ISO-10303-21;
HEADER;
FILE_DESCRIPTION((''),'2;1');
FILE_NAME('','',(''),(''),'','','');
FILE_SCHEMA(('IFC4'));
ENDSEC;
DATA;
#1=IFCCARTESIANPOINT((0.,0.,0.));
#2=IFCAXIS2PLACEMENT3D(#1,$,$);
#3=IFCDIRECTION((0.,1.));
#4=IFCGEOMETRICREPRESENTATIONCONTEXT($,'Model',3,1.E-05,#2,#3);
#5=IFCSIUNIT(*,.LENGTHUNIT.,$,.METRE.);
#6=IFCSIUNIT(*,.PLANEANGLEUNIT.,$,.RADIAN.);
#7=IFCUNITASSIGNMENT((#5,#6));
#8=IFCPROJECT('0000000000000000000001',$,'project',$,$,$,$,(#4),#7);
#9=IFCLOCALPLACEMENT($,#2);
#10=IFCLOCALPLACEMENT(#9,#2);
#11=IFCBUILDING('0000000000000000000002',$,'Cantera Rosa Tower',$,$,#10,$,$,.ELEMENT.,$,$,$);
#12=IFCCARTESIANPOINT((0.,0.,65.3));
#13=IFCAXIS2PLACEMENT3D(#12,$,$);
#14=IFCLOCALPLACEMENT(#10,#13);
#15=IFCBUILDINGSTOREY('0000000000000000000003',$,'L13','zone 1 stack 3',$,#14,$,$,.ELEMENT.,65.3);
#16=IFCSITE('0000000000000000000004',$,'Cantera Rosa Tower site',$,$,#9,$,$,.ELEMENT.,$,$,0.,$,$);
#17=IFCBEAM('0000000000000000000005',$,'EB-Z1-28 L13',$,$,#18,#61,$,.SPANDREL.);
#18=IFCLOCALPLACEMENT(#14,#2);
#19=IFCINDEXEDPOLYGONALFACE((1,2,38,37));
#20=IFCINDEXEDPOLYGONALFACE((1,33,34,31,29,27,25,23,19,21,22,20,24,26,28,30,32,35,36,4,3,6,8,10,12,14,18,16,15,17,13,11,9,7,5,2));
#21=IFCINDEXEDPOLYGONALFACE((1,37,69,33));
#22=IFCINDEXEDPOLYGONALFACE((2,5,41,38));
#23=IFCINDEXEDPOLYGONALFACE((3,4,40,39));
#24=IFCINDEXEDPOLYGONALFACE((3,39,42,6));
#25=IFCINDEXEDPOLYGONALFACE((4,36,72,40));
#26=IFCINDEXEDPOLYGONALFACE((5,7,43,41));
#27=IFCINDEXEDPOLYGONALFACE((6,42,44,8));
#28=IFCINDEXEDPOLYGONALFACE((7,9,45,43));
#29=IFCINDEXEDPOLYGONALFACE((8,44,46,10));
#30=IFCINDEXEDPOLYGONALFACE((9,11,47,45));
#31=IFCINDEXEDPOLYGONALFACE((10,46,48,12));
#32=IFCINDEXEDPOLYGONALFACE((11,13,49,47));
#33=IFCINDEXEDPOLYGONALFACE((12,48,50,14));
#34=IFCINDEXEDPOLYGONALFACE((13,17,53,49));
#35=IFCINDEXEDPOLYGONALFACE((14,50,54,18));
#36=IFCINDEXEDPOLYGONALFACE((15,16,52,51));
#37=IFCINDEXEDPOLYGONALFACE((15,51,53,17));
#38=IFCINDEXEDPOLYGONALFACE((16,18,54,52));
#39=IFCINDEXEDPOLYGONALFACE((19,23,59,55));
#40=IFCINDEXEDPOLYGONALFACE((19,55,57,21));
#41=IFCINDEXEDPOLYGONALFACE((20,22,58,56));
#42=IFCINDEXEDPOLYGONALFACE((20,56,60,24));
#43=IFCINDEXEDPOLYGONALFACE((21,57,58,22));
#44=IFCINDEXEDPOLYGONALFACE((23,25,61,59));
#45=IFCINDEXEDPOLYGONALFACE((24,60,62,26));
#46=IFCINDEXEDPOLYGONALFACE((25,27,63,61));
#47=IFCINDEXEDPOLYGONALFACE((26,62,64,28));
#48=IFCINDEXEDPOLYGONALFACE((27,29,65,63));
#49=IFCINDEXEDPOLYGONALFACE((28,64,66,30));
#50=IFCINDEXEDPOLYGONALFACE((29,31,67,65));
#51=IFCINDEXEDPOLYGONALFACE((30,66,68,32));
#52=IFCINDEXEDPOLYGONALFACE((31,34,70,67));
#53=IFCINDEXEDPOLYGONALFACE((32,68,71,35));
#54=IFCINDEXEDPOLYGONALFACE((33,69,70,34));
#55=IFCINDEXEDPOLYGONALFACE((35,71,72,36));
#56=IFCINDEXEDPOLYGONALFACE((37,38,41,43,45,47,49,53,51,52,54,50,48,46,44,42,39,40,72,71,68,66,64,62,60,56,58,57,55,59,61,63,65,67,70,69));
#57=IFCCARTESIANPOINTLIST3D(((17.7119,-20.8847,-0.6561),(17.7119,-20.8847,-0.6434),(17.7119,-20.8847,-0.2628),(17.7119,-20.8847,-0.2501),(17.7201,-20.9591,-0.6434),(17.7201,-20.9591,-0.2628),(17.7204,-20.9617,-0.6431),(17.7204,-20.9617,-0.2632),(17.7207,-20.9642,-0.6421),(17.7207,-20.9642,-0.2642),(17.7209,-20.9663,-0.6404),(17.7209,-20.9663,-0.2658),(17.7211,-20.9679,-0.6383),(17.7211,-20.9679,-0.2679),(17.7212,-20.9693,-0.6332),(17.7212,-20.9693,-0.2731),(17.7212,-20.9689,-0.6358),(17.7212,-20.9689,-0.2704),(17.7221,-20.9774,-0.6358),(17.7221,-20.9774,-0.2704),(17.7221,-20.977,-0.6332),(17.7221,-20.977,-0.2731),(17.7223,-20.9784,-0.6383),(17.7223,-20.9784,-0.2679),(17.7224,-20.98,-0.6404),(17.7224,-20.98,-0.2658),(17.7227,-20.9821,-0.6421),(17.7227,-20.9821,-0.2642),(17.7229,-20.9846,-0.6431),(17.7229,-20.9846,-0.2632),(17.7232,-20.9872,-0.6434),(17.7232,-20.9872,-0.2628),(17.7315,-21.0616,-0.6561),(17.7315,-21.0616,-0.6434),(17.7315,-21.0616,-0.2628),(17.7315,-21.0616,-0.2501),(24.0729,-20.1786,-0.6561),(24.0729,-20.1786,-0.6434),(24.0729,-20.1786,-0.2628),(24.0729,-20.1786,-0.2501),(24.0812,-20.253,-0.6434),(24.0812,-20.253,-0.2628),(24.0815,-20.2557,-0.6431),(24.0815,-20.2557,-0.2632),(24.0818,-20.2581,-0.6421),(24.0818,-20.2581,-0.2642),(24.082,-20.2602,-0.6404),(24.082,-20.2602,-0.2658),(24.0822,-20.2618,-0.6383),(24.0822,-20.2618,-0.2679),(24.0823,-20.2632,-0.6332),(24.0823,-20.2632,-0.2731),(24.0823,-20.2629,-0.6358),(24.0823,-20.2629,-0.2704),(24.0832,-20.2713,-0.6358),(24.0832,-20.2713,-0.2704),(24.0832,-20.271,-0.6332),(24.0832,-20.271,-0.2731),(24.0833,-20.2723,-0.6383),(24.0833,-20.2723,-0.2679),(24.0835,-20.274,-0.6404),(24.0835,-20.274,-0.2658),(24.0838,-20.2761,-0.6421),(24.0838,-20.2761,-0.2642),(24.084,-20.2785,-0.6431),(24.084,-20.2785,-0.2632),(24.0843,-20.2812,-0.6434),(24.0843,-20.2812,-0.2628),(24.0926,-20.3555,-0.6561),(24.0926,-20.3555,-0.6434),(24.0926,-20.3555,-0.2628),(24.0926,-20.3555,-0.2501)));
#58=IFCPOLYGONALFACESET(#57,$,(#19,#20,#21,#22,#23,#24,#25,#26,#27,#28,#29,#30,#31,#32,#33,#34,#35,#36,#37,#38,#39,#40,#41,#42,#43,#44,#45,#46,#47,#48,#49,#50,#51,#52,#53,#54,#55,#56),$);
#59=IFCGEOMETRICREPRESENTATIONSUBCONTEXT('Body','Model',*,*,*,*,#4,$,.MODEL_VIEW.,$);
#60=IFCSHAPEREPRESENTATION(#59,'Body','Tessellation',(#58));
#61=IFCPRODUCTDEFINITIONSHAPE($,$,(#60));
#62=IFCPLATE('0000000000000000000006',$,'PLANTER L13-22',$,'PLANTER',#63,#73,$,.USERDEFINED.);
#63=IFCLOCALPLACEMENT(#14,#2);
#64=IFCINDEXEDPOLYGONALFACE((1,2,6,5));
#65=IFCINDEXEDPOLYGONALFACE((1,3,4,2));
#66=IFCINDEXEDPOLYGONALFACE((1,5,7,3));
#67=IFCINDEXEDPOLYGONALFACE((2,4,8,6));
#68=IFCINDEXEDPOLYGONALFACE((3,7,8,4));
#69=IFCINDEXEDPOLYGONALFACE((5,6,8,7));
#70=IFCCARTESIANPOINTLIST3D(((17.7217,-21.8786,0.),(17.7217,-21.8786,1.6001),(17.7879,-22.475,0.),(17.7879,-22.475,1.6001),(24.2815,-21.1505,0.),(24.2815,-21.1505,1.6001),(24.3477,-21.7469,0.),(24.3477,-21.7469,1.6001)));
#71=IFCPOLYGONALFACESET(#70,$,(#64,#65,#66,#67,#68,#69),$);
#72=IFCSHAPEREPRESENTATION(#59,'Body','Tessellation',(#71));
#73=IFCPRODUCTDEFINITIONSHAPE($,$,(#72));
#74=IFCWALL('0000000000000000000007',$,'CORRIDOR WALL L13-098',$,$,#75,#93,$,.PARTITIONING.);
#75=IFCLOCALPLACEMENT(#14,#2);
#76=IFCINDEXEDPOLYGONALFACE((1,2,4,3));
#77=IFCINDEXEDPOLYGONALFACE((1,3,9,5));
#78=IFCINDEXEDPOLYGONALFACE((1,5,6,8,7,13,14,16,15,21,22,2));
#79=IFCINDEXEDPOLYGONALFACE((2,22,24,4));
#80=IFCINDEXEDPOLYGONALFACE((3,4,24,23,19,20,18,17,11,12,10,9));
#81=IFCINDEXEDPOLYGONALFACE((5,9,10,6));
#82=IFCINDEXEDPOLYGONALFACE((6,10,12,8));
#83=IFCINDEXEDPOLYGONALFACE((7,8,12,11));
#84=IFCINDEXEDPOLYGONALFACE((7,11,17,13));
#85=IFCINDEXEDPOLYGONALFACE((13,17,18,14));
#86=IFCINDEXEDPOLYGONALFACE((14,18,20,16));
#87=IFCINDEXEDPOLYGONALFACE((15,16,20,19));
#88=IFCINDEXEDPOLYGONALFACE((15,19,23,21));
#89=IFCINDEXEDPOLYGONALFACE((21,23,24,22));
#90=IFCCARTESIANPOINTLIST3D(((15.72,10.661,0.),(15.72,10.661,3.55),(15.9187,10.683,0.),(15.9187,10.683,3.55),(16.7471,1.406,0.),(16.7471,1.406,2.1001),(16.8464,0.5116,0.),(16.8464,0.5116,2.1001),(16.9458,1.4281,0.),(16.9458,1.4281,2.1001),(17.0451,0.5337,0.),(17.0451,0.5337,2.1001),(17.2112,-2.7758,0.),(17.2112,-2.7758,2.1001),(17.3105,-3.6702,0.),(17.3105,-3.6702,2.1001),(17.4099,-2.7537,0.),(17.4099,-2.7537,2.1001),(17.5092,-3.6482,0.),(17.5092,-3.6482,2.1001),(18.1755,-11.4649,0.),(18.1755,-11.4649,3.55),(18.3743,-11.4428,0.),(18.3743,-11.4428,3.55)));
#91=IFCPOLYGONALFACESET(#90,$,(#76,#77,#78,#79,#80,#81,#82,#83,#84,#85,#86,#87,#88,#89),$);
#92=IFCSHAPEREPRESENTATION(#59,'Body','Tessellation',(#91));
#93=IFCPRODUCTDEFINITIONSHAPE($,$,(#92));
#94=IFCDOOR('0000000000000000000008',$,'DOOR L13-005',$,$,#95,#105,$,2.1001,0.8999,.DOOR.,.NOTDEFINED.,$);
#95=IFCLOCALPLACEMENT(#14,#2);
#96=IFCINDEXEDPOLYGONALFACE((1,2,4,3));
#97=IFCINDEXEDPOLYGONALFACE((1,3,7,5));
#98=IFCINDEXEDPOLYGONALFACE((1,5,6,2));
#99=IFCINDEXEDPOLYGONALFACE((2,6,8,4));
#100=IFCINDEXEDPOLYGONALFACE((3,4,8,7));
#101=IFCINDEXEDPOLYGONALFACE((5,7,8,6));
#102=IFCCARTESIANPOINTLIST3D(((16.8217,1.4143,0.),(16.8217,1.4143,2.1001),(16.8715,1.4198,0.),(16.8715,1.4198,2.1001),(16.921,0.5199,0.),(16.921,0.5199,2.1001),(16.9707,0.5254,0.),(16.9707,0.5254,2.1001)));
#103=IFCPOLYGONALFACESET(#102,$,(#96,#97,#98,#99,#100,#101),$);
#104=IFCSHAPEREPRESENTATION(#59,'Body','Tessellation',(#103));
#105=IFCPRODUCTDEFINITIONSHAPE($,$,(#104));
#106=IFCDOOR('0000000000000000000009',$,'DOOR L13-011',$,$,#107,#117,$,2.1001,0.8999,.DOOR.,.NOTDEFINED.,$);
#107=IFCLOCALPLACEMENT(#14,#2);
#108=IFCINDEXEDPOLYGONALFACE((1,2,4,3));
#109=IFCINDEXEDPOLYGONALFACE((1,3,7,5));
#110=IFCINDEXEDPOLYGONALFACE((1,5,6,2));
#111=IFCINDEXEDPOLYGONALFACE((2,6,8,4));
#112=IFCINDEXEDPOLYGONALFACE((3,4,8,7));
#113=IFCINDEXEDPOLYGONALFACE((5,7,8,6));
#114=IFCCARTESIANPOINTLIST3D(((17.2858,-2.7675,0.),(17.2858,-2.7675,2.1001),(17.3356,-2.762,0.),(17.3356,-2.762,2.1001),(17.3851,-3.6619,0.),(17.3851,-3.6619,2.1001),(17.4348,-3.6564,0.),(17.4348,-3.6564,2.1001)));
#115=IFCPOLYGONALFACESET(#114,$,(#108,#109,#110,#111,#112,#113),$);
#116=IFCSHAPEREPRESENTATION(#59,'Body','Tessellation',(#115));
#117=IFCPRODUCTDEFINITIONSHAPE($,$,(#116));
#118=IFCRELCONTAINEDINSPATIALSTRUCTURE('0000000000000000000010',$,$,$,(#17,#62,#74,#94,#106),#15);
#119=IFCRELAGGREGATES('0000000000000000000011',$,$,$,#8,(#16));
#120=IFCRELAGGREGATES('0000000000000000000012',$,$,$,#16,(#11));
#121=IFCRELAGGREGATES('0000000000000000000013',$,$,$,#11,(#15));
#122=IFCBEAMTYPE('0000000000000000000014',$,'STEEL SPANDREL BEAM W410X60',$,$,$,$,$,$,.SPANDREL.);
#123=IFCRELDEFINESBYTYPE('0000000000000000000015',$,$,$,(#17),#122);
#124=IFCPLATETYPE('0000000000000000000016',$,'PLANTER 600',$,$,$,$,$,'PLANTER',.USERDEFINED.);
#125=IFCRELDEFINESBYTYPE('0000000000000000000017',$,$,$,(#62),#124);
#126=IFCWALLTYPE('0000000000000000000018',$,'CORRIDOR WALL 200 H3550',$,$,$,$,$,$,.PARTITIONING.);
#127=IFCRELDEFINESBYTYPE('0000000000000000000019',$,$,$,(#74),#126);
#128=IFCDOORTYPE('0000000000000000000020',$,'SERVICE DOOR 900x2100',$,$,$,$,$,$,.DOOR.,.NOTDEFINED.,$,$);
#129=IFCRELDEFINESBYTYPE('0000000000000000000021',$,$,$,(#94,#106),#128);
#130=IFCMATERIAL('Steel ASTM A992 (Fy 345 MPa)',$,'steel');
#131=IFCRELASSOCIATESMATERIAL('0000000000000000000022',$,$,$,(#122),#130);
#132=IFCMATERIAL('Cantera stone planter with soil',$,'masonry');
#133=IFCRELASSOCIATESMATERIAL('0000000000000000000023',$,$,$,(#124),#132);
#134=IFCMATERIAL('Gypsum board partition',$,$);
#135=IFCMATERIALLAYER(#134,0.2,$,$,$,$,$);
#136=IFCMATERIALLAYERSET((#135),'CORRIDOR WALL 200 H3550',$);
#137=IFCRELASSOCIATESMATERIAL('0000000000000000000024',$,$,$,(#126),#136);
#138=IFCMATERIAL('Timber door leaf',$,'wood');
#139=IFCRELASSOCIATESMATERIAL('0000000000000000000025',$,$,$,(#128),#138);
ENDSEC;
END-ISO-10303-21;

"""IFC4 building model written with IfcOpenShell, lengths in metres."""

from ifc_helpers import new_model, si_unit, direction, frame, frame_2d, origin, origin_2d, place, context, subcontext, project, spatial, rectangle, i_section, extrude, material, layer, layer_set, material_profile, profile_set, type_object, element, fill, save


model = new_model("IFC4")

# Units and contexts
model_context = context("Model", 3, precision=1e-05, world=origin(), true_north=direction((0.0, 1.0)))
body_context = subcontext(model_context, "Body", "Model", "MODEL_VIEW")
ifc_project = project(units=[si_unit("LENGTHUNIT", "METRE"), si_unit("PLANEANGLEUNIT", "RADIAN")], contexts=[model_context])

# Site, building, storey
site_placement = place(None, origin())
site = spatial("IfcSite", under=ifc_project, at=site_placement, Name="Cantera Rosa Tower site", CompositionType="ELEMENT", RefElevation=0.0)
building_placement = place(site_placement, origin())
building = spatial("IfcBuilding", under=site, at=building_placement, Name="Cantera Rosa Tower", CompositionType="ELEMENT")
storey_placement = place(building_placement, frame((0.0, 0.0, 65.3)))
storey = spatial("IfcBuildingStorey", under=building, at=storey_placement, Name="L13", Description="zone 1 stack 3", CompositionType="ELEMENT", Elevation=65.3)

# Beam
ifc_material_1 = material(Name="Steel ASTM A992 (Fy 345 MPa)", Category="steel")
ifc_material_profile_1 = material_profile(ifc_material_1, i_section(OverallWidth=0.178, OverallDepth=0.406, WebThickness=0.0078, FlangeThickness=0.0127, FilletRadius=0.0103, at=origin_2d()), Name="W410X60")
ifc_profile_set_1 = profile_set([ifc_material_profile_1], Name="Steel ASTM A992 (Fy 345 MPa)")
beam_type_1 = type_object("IfcBeamType", Name="STEEL SPANDREL BEAM W410X60", PredefinedType="SPANDREL", material=ifc_profile_set_1)
beam_1_placement = place(storey_placement, frame((17.7217, -20.9731, -0.4531), z_axis=(0.993896, 0.110318, 0.0), x_axis=(-0.110318, 0.993896, 0.0)))
element("IfcBeam", 1, at=beam_1_placement, inside=storey, type_object=beam_type_1, Name="EB-Z1-28 L13", PredefinedType="SPANDREL", context=body_context, shape_type="SweptSolid", body=[
    extrude(i_section(OverallWidth=0.178, OverallDepth=0.406, WebThickness=0.0078, FlangeThickness=0.0127, FilletRadius=0.0103, at=origin_2d()), origin(), (0.0, 0.0, 1.0), 6.4001),
])

# Plate
ifc_material_2 = material(Name="Cantera stone planter with soil", Category="masonry")
plate_type = type_object("IfcPlateType", Name="PLANTER 600", ElementType="PLANTER", PredefinedType="USERDEFINED", material=ifc_material_2)
plate_placement = place(storey_placement, frame((21.0347, -21.8127, 0.0), z_axis=(0.0, 0.0, 1.0), x_axis=(0.993897, 0.110313, 0.0)))
element("IfcPlate", 2, at=plate_placement, inside=storey, type_object=plate_type, Name="PLANTER L13-22", ObjectType="PLANTER", PredefinedType="USERDEFINED", context=body_context, shape_type="SweptSolid", body=[
    extrude(rectangle(XDim=6.6001, YDim=0.6001, at=origin_2d()), origin(), (0.0, 0.0, 1.0), 1.6001),
])

# Wall, openings, doors
ifc_material_3 = material(Name="Gypsum board partition")
ifc_layer_1 = layer(ifc_material_3, 0.2)
ifc_layer_set_1 = layer_set([ifc_layer_1], Name="CORRIDOR WALL 200 H3550")
wall_type_1 = type_object("IfcWallType", Name="CORRIDOR WALL 200 H3550", PredefinedType="PARTITIONING", material=ifc_layer_set_1)
wall_1_placement = place(storey_placement, frame((18.2749, -11.4539, 0.0), z_axis=(0.0, 0.0, 1.0), x_axis=(-0.110304, 0.993898, 0.0)))
wall_1 = element("IfcWall", 3, at=wall_1_placement, inside=storey, type_object=wall_type_1, Name="CORRIDOR WALL L13-098", PredefinedType="PARTITIONING", context=body_context, shape_type="SweptSolid", body=[
    extrude(rectangle(XDim=22.2617, YDim=0.2, at=frame_2d((11.1309, 0.0))), origin(), (0.0, 0.0, 1.0), 3.55),
])
opening_1_placement = place(wall_1_placement, frame((12.05, 0.0, 0.0)))
opening_1 = element("IfcOpeningElement", 4, at=opening_1_placement, cuts=wall_1, PredefinedType="OPENING", context=body_context, shape_type="SweptSolid", body=[
    extrude(rectangle(XDim=0.8999, YDim=2.1001, at=frame_2d((0.45, 1.05))), frame((0.0, 0.1099, 0.0), z_axis=(0.0, -1.0, 0.0), x_axis=(1.0, 0.0, 0.0)), (0.0, 0.0, 1.0), 0.22),
])
opening_2_placement = place(wall_1_placement, frame((7.8425, 0.0, 0.0)))
opening_2 = element("IfcOpeningElement", 5, at=opening_2_placement, cuts=wall_1, PredefinedType="OPENING", context=body_context, shape_type="SweptSolid", body=[
    extrude(rectangle(XDim=0.8999, YDim=2.1001, at=frame_2d((0.45, 1.05))), frame((0.0, 0.1099, 0.0), z_axis=(0.0, -1.0, 0.0), x_axis=(1.0, 0.0, 0.0)), (0.0, 0.0, 1.0), 0.22),
])
ifc_material_4 = material(Name="Timber door leaf", Category="wood")
door_type_1 = type_object("IfcDoorType", Name="SERVICE DOOR 900x2100", OperationType="NOTDEFINED", PredefinedType="DOOR", material=ifc_material_4)
door_1_placement = place(opening_1_placement, origin())
door_1 = element("IfcDoor", 6, at=door_1_placement, inside=storey, type_object=door_type_1, Name="DOOR L13-005", OperationType="NOTDEFINED", OverallHeight=2.1001, OverallWidth=0.8999, PredefinedType="DOOR", context=body_context, shape_type="SweptSolid", body=[
    extrude(rectangle(XDim=0.8999, YDim=2.1001, at=frame_2d((0.45, 1.05))), frame((0.0, 0.0249, 0.0), z_axis=(0.0, -1.0, 0.0), x_axis=(1.0, 0.0, 0.0)), (0.0, 0.0, 1.0), 0.05),
])
fill(opening_1, door_1)
door_2_placement = place(opening_2_placement, origin())
door_2 = element("IfcDoor", 7, at=door_2_placement, inside=storey, type_object=door_type_1, Name="DOOR L13-011", OperationType="NOTDEFINED", OverallHeight=2.1001, OverallWidth=0.8999, PredefinedType="DOOR", context=body_context, shape_type="SweptSolid", body=[
    extrude(rectangle(XDim=0.8999, YDim=2.1001, at=frame_2d((0.45, 1.05))), frame((0.0, 0.0249, 0.0), z_axis=(0.0, -1.0, 0.0), x_axis=(1.0, 0.0, 0.0)), (0.0, 0.0, 1.0), 0.05),
])
fill(opening_2, door_2)

save(model, "model.ifc")
